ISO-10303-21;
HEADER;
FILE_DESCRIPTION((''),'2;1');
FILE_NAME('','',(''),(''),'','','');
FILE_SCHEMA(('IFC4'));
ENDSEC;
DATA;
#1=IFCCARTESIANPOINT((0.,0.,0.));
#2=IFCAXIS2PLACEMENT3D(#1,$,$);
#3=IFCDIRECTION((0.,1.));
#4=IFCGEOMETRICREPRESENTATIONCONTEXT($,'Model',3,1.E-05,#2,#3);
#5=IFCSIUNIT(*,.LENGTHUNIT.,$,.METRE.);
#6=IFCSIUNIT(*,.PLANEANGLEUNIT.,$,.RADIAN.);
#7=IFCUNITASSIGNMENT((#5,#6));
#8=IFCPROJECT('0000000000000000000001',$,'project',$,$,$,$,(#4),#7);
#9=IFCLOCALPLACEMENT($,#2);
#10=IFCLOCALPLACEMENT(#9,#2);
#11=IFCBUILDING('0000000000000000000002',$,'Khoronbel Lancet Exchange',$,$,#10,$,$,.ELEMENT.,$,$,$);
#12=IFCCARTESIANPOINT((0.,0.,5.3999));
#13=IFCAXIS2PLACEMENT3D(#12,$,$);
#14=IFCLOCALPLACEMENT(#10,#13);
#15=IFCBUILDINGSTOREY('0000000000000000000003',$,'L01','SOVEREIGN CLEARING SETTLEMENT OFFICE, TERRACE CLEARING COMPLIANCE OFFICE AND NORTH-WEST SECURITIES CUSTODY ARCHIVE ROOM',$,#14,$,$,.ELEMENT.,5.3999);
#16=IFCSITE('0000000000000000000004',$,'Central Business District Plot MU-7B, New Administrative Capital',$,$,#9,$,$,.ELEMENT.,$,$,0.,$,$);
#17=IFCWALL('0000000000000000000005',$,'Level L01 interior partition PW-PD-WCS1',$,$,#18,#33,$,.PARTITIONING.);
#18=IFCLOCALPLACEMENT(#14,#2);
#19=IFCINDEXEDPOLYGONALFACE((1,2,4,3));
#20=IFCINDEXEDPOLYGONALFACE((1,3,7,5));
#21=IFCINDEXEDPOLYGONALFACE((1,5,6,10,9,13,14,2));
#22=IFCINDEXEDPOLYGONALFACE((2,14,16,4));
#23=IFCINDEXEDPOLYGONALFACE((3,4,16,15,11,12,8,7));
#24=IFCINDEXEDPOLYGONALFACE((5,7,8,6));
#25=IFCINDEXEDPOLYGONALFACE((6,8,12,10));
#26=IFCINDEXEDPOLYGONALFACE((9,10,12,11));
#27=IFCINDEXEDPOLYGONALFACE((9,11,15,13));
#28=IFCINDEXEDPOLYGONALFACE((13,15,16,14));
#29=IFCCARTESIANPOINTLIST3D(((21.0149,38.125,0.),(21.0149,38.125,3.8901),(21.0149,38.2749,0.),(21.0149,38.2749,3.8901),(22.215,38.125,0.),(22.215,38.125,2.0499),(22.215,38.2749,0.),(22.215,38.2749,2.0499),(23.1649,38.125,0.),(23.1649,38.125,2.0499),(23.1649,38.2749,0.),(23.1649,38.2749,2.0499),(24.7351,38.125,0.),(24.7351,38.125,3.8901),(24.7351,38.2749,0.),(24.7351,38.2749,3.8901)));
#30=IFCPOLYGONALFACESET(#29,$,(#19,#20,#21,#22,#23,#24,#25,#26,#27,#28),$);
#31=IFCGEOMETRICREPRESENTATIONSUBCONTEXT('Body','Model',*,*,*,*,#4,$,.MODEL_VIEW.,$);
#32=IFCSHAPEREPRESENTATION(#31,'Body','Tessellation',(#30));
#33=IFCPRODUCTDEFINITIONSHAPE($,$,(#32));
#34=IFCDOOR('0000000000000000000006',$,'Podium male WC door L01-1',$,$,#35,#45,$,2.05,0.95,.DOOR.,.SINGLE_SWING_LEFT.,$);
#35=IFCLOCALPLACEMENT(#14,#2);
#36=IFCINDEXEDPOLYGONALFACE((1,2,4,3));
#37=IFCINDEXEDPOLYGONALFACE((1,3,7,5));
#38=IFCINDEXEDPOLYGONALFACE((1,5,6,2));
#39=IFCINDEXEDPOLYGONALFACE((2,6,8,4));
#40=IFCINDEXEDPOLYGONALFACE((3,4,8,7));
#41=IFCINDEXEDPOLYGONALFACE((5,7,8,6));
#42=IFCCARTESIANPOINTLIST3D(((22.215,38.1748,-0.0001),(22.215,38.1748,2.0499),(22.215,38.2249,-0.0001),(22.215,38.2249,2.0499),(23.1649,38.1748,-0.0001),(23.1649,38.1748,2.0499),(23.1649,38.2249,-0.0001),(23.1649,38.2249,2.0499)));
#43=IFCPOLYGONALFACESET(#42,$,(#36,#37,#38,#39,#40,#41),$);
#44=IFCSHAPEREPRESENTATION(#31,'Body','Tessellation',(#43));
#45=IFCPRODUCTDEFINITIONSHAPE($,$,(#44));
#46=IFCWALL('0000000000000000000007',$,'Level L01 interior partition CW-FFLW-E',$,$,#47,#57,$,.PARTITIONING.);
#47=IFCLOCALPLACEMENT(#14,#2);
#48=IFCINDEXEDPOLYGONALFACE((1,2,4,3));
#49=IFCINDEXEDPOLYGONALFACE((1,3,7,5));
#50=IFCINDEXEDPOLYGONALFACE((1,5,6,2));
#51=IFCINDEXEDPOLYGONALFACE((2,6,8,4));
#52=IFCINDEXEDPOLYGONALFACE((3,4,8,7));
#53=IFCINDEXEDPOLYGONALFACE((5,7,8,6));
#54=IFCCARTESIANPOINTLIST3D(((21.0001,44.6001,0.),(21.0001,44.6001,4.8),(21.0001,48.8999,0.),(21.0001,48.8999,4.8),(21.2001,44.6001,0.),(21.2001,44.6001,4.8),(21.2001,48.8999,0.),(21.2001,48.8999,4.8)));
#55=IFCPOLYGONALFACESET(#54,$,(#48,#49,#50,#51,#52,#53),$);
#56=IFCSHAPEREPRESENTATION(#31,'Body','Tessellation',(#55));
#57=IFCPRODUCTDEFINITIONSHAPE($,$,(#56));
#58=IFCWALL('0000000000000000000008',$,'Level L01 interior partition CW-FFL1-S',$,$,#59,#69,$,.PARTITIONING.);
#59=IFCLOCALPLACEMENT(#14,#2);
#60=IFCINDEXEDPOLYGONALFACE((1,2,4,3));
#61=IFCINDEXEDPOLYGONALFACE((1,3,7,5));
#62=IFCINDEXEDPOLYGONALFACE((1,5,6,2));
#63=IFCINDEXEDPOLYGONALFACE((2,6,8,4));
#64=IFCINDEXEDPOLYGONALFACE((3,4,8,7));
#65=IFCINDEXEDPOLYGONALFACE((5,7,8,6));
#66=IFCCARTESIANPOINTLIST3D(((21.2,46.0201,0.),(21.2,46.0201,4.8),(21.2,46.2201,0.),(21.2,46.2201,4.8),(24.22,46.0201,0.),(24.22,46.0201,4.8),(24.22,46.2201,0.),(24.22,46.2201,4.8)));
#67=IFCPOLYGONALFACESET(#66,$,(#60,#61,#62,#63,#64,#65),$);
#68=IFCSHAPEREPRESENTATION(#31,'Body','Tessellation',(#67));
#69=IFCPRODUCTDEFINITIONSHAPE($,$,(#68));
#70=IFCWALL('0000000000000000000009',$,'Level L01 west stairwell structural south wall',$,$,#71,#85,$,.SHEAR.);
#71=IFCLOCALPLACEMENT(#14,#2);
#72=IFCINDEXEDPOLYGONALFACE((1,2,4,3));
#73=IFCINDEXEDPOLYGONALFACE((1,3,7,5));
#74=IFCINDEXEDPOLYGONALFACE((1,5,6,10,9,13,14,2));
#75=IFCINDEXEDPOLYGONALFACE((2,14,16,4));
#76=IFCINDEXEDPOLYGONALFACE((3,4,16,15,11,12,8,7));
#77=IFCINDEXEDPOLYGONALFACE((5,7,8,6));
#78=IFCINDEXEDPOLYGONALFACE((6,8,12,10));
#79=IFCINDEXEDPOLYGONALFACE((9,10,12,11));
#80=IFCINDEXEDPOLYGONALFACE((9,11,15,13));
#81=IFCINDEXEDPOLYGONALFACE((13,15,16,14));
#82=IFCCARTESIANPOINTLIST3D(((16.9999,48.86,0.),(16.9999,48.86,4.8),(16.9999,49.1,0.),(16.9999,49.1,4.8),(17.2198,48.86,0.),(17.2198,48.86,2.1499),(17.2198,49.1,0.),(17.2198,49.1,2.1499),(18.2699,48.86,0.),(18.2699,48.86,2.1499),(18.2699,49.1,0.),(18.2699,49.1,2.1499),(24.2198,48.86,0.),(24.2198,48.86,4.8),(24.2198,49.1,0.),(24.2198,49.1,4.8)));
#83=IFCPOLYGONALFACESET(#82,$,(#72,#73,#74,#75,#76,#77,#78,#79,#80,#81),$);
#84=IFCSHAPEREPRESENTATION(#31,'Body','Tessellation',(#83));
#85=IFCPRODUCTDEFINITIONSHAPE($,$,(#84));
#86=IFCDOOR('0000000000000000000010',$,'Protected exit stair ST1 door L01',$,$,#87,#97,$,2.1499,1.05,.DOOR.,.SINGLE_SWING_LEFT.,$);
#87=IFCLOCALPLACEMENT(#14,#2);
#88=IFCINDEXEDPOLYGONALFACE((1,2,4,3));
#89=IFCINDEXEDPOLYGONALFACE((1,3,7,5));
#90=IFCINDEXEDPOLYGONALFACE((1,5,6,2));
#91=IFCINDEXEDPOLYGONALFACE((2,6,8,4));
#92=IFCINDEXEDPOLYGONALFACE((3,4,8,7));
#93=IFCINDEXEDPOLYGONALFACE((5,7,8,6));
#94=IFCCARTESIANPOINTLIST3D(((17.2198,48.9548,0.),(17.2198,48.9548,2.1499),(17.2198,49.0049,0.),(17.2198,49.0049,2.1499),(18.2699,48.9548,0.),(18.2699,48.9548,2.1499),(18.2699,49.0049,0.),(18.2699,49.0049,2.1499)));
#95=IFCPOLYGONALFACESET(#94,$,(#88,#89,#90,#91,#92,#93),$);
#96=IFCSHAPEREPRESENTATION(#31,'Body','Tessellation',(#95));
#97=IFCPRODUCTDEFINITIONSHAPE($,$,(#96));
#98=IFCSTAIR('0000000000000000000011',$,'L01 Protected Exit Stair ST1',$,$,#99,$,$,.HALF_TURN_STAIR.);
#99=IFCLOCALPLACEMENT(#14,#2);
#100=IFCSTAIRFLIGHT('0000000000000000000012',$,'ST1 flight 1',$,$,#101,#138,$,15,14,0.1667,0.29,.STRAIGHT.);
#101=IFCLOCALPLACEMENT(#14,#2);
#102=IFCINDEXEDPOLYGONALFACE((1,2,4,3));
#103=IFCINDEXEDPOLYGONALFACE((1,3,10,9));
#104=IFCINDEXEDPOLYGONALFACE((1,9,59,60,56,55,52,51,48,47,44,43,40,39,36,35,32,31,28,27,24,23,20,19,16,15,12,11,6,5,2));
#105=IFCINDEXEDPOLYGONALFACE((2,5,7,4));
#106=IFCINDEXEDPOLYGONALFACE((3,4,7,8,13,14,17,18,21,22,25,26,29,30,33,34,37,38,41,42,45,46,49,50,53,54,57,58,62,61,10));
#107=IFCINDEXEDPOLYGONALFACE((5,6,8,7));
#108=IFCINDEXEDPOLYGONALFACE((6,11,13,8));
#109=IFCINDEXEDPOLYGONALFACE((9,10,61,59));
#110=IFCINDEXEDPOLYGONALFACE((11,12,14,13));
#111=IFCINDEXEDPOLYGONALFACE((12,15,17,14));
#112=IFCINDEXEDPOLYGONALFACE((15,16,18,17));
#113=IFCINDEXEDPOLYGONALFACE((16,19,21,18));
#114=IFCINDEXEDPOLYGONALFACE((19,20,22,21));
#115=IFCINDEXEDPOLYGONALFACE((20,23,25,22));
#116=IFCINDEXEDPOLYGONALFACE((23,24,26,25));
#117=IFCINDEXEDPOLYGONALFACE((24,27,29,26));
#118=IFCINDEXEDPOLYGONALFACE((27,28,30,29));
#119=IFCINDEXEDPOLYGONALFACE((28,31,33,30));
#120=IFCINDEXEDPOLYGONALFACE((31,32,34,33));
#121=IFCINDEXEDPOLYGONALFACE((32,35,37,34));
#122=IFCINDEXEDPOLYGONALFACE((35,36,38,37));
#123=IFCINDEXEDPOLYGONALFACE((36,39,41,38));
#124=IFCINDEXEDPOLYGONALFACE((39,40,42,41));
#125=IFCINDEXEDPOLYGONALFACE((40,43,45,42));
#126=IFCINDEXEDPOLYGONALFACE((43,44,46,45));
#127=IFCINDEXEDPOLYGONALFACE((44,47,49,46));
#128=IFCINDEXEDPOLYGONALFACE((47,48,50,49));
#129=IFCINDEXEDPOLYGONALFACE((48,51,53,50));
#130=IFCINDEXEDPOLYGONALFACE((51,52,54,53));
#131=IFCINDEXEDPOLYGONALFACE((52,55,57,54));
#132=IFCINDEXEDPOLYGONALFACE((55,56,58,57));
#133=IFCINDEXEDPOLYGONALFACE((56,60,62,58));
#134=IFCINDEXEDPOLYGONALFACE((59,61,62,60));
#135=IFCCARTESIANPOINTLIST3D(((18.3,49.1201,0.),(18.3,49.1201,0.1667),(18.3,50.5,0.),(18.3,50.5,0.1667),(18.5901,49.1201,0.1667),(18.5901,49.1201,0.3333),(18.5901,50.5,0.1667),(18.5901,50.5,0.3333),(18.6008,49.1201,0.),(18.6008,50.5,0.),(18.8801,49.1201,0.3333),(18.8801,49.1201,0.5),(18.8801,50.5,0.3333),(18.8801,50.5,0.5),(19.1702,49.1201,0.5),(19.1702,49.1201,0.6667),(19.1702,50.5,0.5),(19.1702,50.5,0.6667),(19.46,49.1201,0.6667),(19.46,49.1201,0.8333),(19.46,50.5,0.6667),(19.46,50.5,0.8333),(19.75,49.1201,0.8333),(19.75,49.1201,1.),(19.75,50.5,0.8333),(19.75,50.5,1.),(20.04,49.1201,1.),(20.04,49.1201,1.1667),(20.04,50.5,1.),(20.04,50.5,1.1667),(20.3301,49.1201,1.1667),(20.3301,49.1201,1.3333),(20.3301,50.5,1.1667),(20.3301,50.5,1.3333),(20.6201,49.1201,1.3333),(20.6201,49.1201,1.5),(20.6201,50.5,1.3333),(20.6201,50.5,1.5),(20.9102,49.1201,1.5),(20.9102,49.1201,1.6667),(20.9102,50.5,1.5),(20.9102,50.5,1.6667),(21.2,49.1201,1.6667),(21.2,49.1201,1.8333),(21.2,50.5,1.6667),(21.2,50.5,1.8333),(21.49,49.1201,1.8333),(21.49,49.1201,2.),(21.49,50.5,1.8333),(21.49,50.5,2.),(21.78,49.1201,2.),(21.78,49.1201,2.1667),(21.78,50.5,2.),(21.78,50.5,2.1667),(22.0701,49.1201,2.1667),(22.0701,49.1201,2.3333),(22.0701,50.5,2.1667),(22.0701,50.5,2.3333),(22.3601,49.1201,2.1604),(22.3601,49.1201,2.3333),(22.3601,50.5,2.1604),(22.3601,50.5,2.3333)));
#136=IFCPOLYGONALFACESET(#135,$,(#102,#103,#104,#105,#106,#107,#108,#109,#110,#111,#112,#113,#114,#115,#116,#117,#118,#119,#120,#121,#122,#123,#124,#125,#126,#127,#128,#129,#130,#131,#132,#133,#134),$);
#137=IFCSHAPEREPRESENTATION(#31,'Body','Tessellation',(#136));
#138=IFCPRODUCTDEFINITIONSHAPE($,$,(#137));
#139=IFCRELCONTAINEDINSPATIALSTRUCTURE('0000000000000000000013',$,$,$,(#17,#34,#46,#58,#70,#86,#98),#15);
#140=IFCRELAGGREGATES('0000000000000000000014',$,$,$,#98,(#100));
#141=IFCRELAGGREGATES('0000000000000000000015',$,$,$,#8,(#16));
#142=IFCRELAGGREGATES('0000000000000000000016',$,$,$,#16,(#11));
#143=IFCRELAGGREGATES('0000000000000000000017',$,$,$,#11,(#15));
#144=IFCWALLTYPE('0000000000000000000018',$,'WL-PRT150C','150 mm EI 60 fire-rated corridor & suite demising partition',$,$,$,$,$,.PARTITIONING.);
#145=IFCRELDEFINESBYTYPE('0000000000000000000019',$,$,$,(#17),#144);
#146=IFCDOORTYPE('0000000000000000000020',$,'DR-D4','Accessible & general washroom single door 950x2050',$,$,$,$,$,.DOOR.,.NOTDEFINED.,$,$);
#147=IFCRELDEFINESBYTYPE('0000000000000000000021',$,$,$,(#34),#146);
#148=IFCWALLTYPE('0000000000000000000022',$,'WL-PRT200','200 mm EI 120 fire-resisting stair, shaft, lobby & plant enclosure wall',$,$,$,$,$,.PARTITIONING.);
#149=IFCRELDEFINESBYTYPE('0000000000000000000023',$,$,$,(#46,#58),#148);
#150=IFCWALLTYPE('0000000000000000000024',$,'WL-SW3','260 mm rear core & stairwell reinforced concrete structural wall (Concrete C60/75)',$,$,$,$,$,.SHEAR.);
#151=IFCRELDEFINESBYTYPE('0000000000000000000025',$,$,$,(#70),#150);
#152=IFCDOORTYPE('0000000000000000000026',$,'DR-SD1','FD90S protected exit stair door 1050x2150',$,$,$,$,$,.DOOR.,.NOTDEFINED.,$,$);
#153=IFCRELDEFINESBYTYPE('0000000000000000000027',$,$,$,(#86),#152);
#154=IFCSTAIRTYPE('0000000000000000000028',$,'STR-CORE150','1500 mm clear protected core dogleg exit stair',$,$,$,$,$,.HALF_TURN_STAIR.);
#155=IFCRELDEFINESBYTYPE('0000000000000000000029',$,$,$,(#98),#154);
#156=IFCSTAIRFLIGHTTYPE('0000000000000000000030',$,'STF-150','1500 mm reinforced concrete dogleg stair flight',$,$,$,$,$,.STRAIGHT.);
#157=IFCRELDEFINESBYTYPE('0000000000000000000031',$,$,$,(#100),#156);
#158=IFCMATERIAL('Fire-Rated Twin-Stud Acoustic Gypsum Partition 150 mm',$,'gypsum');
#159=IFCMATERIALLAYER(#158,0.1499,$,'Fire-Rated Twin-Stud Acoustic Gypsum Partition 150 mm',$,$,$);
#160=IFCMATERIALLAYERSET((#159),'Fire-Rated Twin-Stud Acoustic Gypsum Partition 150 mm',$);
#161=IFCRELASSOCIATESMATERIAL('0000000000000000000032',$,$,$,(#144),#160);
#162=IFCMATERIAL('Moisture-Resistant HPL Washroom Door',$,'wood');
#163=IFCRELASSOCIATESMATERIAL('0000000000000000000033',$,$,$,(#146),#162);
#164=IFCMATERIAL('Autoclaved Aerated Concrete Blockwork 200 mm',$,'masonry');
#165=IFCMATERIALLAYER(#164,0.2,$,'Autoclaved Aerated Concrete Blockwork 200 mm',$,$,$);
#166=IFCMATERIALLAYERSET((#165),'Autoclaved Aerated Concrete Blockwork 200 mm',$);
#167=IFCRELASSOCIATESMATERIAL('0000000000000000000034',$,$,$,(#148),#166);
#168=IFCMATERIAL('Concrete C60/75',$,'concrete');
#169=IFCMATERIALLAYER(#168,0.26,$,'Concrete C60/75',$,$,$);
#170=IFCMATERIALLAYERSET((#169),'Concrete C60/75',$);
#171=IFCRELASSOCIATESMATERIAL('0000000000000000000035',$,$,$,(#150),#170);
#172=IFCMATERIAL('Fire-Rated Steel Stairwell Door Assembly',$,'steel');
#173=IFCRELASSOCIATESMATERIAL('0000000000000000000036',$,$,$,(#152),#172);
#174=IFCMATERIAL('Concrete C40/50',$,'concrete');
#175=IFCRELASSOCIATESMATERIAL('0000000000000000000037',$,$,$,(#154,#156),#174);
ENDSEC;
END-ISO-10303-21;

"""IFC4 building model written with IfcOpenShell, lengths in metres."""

from ifc_helpers import new_model, si_unit, direction, frame, frame_2d, origin, place, context, subcontext, project, spatial, polyline, rectangle, outline, extrude, material, layer, layer_set, type_object, element, fill, aggregate, save


model = new_model("IFC4")

# Units and contexts
model_context = context("Model", 3, precision=1e-05, world=origin(), true_north=direction((0.0, 1.0)))
body_context = subcontext(model_context, "Body", "Model", "MODEL_VIEW")
ifc_project = project(units=[si_unit("LENGTHUNIT", "METRE"), si_unit("PLANEANGLEUNIT", "RADIAN")], contexts=[model_context])

# Site, building, storey
site_placement = place(None, origin())
site = spatial("IfcSite", under=ifc_project, at=site_placement, Name="Central Business District Plot MU-7B, New Administrative Capital", CompositionType="ELEMENT", RefElevation=0.0)
building_placement = place(site_placement, origin())
building = spatial("IfcBuilding", under=site, at=building_placement, Name="Khoronbel Lancet Exchange", CompositionType="ELEMENT")
storey_placement = place(building_placement, frame((0.0, 0.0, 5.3999)))
storey = spatial("IfcBuildingStorey", under=building, at=storey_placement, Name="L01", Description="SOVEREIGN CLEARING SETTLEMENT OFFICE, TERRACE CLEARING COMPLIANCE OFFICE AND NORTH-WEST SECURITIES CUSTODY ARCHIVE ROOM", CompositionType="ELEMENT", Elevation=5.3999)

# Wall, opening, door
ifc_material_1 = material(Name="Fire-Rated Twin-Stud Acoustic Gypsum Partition 150 mm", Category="gypsum")
ifc_layer_1 = layer(ifc_material_1, 0.1499, Name="Fire-Rated Twin-Stud Acoustic Gypsum Partition 150 mm")
ifc_layer_set_1 = layer_set([ifc_layer_1], Name="Fire-Rated Twin-Stud Acoustic Gypsum Partition 150 mm")
wall_type_1 = type_object("IfcWallType", Name="WL-PRT150C", Description="150 mm EI 60 fire-rated corridor & suite demising partition", PredefinedType="PARTITIONING", material=ifc_layer_set_1)
wall_1_placement = place(storey_placement, frame((21.0149, 38.2, 0.0), z_axis=(0.0, 0.0, 1.0), x_axis=(1.0, 0.0, 0.0)))
wall_1 = element("IfcWall", 1, at=wall_1_placement, inside=storey, type_object=wall_type_1, Name="Level L01 interior partition PW-PD-WCS1", PredefinedType="PARTITIONING", context=body_context, shape_type="SweptSolid", body=[
    extrude(rectangle(XDim=3.7202, YDim=0.1499, at=frame_2d((1.8601, 0.0))), origin(), (0.0, 0.0, 1.0), 3.8901),
])
opening_1_placement = place(wall_1_placement, frame((1.2, 0.0, 0.0)))
opening_1 = element("IfcOpeningElement", 2, at=opening_1_placement, cuts=wall_1, PredefinedType="OPENING", context=body_context, shape_type="SweptSolid", body=[
    extrude(rectangle(XDim=0.95, YDim=2.05, at=frame_2d((0.4751, 1.0249))), frame((0.0, 0.085, 0.0), z_axis=(0.0, -1.0, 0.0), x_axis=(1.0, 0.0, 0.0)), (0.0, 0.0, 1.0), 0.1699),
])
ifc_material_2 = material(Name="Moisture-Resistant HPL Washroom Door", Category="wood")
door_type_1 = type_object("IfcDoorType", Name="DR-D4", Description="Accessible & general washroom single door 950x2050", OperationType="NOTDEFINED", PredefinedType="DOOR", material=ifc_material_2)
door_1_placement = place(opening_1_placement, origin())
door_1 = element("IfcDoor", 3, at=door_1_placement, inside=storey, type_object=door_type_1, Name="Podium male WC door L01-1", OperationType="SINGLE_SWING_LEFT", OverallHeight=2.05, OverallWidth=0.95, PredefinedType="DOOR", context=body_context, shape_type="SweptSolid", body=[
    extrude(rectangle(XDim=0.95, YDim=2.05, at=frame_2d((0.4751, 1.0249))), frame((0.0, 0.0249, 0.0), z_axis=(0.0, -1.0, 0.0), x_axis=(1.0, 0.0, 0.0)), (0.0, 0.0, 1.0), 0.05),
])
fill(opening_1, door_1)

# Wall
ifc_material_3 = material(Name="Autoclaved Aerated Concrete Blockwork 200 mm", Category="masonry")
ifc_layer_2 = layer(ifc_material_3, 0.2, Name="Autoclaved Aerated Concrete Blockwork 200 mm")
ifc_layer_set_2 = layer_set([ifc_layer_2], Name="Autoclaved Aerated Concrete Blockwork 200 mm")
wall_type_2 = type_object("IfcWallType", Name="WL-PRT200", Description="200 mm EI 120 fire-resisting stair, shaft, lobby & plant enclosure wall", PredefinedType="PARTITIONING", material=ifc_layer_set_2)
wall_2_placement = place(storey_placement, frame((21.1001, 44.6001, 0.0), z_axis=(0.0, 0.0, 1.0), x_axis=(0.0, 1.0, 0.0)))
element("IfcWall", 4, at=wall_2_placement, inside=storey, type_object=wall_type_2, Name="Level L01 interior partition CW-FFLW-E", PredefinedType="PARTITIONING", context=body_context, shape_type="SweptSolid", body=[
    extrude(rectangle(XDim=4.2998, YDim=0.2, at=frame_2d((2.1499, 0.0))), origin(), (0.0, 0.0, 1.0), 4.8),
])

# Wall
wall_3_placement = place(storey_placement, frame((21.2, 46.1201, 0.0), z_axis=(0.0, 0.0, 1.0), x_axis=(1.0, 0.0, 0.0)))
element("IfcWall", 5, at=wall_3_placement, inside=storey, type_object=wall_type_2, Name="Level L01 interior partition CW-FFL1-S", PredefinedType="PARTITIONING", context=body_context, shape_type="SweptSolid", body=[
    extrude(rectangle(XDim=3.02, YDim=0.2, at=frame_2d((1.51, 0.0))), origin(), (0.0, 0.0, 1.0), 4.8),
])

# Wall, opening, door
ifc_material_4 = material(Name="Concrete C60/75", Category="concrete")
ifc_layer_3 = layer(ifc_material_4, 0.26, Name="Concrete C60/75")
ifc_layer_set_3 = layer_set([ifc_layer_3], Name="Concrete C60/75")
wall_type_3 = type_object("IfcWallType", Name="WL-SW3", Description="260 mm rear core & stairwell reinforced concrete structural wall (Concrete C60/75)", PredefinedType="SHEAR", material=ifc_layer_set_3)
wall_4_placement = place(storey_placement, frame((17.0, 48.98, 0.0), z_axis=(0.0, 0.0, 1.0), x_axis=(1.0, 0.0, 0.0)))
wall_4 = element("IfcWall", 6, at=wall_4_placement, inside=storey, type_object=wall_type_3, Name="Level L01 west stairwell structural south wall", PredefinedType="SHEAR", context=body_context, shape_type="SweptSolid", body=[
    extrude(rectangle(XDim=7.22, YDim=0.24, at=frame_2d((3.6099, 0.0))), origin(), (0.0, 0.0, 1.0), 4.8),
])
opening_2_placement = place(wall_4_placement, frame((0.22, 0.0, 0.0)))
opening_2 = element("IfcOpeningElement", 7, at=opening_2_placement, cuts=wall_4, PredefinedType="OPENING", context=body_context, shape_type="SweptSolid", body=[
    extrude(rectangle(XDim=1.05, YDim=2.1499, at=frame_2d((0.5249, 1.075))), frame((0.0, 0.1299, 0.0), z_axis=(0.0, -1.0, 0.0), x_axis=(1.0, 0.0, 0.0)), (0.0, 0.0, 1.0), 0.26),
])
ifc_material_5 = material(Name="Fire-Rated Steel Stairwell Door Assembly", Category="steel")
door_type_2 = type_object("IfcDoorType", Name="DR-SD1", Description="FD90S protected exit stair door 1050x2150", OperationType="NOTDEFINED", PredefinedType="DOOR", material=ifc_material_5)
door_2_placement = place(opening_2_placement, origin())
door_2 = element("IfcDoor", 8, at=door_2_placement, inside=storey, type_object=door_type_2, Name="Protected exit stair ST1 door L01", OperationType="SINGLE_SWING_LEFT", OverallHeight=2.1499, OverallWidth=1.05, PredefinedType="DOOR", context=body_context, shape_type="SweptSolid", body=[
    extrude(rectangle(XDim=1.05, YDim=2.1499, at=frame_2d((0.5249, 1.075))), frame((0.0, 0.0249, 0.0), z_axis=(0.0, -1.0, 0.0), x_axis=(1.0, 0.0, 0.0)), (0.0, 0.0, 1.0), 0.05),
])
fill(opening_2, door_2)

# Stair, stair flight
ifc_material_6 = material(Name="Concrete C40/50", Category="concrete")
stair_type = type_object("IfcStairType", Name="STR-CORE150", Description="1500 mm clear protected core dogleg exit stair", PredefinedType="HALF_TURN_STAIR", material=ifc_material_6)
stair_placement = place(storey_placement, origin())
stair = element("IfcStair", 9, at=stair_placement, inside=storey, type_object=stair_type, Name="L01 Protected Exit Stair ST1", PredefinedType="HALF_TURN_STAIR")
stair_flight_type = type_object("IfcStairFlightType", Name="STF-150", Description="1500 mm reinforced concrete dogleg stair flight", PredefinedType="STRAIGHT", material=ifc_material_6)
stair_flight_1_placement = place(storey_placement, frame((18.3, 49.8101, 0.0), z_axis=(0.0, 0.0, 1.0), x_axis=(1.0, 0.0, 0.0)))
stair_flight_1 = element("IfcStairFlight", 10, at=stair_flight_1_placement, type_object=stair_flight_type, Name="ST1 flight 1", NumberOfRisers=15, NumberOfTreads=14, PredefinedType="STRAIGHT", RiserHeight=0.1667, TreadLength=0.29, context=body_context, shape_type="SweptSolid", body=[
    extrude(outline(polyline([(0.0, 0.0), (0.0, 0.1667), (0.29, 0.1667), (0.29, 0.3333), (0.5801, 0.3333), (0.5801, 0.5), (0.8701, 0.5), (0.8701, 0.6667), (1.1599, 0.6667), (1.1599, 0.8333), (1.45, 0.8333), (1.45, 1.0), (1.74, 1.0), (1.74, 1.1667), (2.03, 1.1667), (2.03, 1.3333), (2.3201, 1.3333), (2.3201, 1.5), (2.6101, 1.5), (2.6101, 1.6667), (2.8999, 1.6667), (2.8999, 1.8333), (3.1899, 1.8333), (3.1899, 2.0), (3.48, 2.0), (3.48, 2.1667), (3.77, 2.1667), (3.77, 2.3333), (4.0601, 2.3333), (4.0601, 2.5), (4.0601, 2.1604), (0.3008, 0.0), (0.0, 0.0)])), frame((0.0, 0.6899, 0.0), z_axis=(0.0, -1.0, 0.0), x_axis=(1.0, 0.0, 0.0)), (0.0, 0.0, 1.0), 1.3799),
])
aggregate(stair, [stair_flight_1])

save(model, "model.ifc")
